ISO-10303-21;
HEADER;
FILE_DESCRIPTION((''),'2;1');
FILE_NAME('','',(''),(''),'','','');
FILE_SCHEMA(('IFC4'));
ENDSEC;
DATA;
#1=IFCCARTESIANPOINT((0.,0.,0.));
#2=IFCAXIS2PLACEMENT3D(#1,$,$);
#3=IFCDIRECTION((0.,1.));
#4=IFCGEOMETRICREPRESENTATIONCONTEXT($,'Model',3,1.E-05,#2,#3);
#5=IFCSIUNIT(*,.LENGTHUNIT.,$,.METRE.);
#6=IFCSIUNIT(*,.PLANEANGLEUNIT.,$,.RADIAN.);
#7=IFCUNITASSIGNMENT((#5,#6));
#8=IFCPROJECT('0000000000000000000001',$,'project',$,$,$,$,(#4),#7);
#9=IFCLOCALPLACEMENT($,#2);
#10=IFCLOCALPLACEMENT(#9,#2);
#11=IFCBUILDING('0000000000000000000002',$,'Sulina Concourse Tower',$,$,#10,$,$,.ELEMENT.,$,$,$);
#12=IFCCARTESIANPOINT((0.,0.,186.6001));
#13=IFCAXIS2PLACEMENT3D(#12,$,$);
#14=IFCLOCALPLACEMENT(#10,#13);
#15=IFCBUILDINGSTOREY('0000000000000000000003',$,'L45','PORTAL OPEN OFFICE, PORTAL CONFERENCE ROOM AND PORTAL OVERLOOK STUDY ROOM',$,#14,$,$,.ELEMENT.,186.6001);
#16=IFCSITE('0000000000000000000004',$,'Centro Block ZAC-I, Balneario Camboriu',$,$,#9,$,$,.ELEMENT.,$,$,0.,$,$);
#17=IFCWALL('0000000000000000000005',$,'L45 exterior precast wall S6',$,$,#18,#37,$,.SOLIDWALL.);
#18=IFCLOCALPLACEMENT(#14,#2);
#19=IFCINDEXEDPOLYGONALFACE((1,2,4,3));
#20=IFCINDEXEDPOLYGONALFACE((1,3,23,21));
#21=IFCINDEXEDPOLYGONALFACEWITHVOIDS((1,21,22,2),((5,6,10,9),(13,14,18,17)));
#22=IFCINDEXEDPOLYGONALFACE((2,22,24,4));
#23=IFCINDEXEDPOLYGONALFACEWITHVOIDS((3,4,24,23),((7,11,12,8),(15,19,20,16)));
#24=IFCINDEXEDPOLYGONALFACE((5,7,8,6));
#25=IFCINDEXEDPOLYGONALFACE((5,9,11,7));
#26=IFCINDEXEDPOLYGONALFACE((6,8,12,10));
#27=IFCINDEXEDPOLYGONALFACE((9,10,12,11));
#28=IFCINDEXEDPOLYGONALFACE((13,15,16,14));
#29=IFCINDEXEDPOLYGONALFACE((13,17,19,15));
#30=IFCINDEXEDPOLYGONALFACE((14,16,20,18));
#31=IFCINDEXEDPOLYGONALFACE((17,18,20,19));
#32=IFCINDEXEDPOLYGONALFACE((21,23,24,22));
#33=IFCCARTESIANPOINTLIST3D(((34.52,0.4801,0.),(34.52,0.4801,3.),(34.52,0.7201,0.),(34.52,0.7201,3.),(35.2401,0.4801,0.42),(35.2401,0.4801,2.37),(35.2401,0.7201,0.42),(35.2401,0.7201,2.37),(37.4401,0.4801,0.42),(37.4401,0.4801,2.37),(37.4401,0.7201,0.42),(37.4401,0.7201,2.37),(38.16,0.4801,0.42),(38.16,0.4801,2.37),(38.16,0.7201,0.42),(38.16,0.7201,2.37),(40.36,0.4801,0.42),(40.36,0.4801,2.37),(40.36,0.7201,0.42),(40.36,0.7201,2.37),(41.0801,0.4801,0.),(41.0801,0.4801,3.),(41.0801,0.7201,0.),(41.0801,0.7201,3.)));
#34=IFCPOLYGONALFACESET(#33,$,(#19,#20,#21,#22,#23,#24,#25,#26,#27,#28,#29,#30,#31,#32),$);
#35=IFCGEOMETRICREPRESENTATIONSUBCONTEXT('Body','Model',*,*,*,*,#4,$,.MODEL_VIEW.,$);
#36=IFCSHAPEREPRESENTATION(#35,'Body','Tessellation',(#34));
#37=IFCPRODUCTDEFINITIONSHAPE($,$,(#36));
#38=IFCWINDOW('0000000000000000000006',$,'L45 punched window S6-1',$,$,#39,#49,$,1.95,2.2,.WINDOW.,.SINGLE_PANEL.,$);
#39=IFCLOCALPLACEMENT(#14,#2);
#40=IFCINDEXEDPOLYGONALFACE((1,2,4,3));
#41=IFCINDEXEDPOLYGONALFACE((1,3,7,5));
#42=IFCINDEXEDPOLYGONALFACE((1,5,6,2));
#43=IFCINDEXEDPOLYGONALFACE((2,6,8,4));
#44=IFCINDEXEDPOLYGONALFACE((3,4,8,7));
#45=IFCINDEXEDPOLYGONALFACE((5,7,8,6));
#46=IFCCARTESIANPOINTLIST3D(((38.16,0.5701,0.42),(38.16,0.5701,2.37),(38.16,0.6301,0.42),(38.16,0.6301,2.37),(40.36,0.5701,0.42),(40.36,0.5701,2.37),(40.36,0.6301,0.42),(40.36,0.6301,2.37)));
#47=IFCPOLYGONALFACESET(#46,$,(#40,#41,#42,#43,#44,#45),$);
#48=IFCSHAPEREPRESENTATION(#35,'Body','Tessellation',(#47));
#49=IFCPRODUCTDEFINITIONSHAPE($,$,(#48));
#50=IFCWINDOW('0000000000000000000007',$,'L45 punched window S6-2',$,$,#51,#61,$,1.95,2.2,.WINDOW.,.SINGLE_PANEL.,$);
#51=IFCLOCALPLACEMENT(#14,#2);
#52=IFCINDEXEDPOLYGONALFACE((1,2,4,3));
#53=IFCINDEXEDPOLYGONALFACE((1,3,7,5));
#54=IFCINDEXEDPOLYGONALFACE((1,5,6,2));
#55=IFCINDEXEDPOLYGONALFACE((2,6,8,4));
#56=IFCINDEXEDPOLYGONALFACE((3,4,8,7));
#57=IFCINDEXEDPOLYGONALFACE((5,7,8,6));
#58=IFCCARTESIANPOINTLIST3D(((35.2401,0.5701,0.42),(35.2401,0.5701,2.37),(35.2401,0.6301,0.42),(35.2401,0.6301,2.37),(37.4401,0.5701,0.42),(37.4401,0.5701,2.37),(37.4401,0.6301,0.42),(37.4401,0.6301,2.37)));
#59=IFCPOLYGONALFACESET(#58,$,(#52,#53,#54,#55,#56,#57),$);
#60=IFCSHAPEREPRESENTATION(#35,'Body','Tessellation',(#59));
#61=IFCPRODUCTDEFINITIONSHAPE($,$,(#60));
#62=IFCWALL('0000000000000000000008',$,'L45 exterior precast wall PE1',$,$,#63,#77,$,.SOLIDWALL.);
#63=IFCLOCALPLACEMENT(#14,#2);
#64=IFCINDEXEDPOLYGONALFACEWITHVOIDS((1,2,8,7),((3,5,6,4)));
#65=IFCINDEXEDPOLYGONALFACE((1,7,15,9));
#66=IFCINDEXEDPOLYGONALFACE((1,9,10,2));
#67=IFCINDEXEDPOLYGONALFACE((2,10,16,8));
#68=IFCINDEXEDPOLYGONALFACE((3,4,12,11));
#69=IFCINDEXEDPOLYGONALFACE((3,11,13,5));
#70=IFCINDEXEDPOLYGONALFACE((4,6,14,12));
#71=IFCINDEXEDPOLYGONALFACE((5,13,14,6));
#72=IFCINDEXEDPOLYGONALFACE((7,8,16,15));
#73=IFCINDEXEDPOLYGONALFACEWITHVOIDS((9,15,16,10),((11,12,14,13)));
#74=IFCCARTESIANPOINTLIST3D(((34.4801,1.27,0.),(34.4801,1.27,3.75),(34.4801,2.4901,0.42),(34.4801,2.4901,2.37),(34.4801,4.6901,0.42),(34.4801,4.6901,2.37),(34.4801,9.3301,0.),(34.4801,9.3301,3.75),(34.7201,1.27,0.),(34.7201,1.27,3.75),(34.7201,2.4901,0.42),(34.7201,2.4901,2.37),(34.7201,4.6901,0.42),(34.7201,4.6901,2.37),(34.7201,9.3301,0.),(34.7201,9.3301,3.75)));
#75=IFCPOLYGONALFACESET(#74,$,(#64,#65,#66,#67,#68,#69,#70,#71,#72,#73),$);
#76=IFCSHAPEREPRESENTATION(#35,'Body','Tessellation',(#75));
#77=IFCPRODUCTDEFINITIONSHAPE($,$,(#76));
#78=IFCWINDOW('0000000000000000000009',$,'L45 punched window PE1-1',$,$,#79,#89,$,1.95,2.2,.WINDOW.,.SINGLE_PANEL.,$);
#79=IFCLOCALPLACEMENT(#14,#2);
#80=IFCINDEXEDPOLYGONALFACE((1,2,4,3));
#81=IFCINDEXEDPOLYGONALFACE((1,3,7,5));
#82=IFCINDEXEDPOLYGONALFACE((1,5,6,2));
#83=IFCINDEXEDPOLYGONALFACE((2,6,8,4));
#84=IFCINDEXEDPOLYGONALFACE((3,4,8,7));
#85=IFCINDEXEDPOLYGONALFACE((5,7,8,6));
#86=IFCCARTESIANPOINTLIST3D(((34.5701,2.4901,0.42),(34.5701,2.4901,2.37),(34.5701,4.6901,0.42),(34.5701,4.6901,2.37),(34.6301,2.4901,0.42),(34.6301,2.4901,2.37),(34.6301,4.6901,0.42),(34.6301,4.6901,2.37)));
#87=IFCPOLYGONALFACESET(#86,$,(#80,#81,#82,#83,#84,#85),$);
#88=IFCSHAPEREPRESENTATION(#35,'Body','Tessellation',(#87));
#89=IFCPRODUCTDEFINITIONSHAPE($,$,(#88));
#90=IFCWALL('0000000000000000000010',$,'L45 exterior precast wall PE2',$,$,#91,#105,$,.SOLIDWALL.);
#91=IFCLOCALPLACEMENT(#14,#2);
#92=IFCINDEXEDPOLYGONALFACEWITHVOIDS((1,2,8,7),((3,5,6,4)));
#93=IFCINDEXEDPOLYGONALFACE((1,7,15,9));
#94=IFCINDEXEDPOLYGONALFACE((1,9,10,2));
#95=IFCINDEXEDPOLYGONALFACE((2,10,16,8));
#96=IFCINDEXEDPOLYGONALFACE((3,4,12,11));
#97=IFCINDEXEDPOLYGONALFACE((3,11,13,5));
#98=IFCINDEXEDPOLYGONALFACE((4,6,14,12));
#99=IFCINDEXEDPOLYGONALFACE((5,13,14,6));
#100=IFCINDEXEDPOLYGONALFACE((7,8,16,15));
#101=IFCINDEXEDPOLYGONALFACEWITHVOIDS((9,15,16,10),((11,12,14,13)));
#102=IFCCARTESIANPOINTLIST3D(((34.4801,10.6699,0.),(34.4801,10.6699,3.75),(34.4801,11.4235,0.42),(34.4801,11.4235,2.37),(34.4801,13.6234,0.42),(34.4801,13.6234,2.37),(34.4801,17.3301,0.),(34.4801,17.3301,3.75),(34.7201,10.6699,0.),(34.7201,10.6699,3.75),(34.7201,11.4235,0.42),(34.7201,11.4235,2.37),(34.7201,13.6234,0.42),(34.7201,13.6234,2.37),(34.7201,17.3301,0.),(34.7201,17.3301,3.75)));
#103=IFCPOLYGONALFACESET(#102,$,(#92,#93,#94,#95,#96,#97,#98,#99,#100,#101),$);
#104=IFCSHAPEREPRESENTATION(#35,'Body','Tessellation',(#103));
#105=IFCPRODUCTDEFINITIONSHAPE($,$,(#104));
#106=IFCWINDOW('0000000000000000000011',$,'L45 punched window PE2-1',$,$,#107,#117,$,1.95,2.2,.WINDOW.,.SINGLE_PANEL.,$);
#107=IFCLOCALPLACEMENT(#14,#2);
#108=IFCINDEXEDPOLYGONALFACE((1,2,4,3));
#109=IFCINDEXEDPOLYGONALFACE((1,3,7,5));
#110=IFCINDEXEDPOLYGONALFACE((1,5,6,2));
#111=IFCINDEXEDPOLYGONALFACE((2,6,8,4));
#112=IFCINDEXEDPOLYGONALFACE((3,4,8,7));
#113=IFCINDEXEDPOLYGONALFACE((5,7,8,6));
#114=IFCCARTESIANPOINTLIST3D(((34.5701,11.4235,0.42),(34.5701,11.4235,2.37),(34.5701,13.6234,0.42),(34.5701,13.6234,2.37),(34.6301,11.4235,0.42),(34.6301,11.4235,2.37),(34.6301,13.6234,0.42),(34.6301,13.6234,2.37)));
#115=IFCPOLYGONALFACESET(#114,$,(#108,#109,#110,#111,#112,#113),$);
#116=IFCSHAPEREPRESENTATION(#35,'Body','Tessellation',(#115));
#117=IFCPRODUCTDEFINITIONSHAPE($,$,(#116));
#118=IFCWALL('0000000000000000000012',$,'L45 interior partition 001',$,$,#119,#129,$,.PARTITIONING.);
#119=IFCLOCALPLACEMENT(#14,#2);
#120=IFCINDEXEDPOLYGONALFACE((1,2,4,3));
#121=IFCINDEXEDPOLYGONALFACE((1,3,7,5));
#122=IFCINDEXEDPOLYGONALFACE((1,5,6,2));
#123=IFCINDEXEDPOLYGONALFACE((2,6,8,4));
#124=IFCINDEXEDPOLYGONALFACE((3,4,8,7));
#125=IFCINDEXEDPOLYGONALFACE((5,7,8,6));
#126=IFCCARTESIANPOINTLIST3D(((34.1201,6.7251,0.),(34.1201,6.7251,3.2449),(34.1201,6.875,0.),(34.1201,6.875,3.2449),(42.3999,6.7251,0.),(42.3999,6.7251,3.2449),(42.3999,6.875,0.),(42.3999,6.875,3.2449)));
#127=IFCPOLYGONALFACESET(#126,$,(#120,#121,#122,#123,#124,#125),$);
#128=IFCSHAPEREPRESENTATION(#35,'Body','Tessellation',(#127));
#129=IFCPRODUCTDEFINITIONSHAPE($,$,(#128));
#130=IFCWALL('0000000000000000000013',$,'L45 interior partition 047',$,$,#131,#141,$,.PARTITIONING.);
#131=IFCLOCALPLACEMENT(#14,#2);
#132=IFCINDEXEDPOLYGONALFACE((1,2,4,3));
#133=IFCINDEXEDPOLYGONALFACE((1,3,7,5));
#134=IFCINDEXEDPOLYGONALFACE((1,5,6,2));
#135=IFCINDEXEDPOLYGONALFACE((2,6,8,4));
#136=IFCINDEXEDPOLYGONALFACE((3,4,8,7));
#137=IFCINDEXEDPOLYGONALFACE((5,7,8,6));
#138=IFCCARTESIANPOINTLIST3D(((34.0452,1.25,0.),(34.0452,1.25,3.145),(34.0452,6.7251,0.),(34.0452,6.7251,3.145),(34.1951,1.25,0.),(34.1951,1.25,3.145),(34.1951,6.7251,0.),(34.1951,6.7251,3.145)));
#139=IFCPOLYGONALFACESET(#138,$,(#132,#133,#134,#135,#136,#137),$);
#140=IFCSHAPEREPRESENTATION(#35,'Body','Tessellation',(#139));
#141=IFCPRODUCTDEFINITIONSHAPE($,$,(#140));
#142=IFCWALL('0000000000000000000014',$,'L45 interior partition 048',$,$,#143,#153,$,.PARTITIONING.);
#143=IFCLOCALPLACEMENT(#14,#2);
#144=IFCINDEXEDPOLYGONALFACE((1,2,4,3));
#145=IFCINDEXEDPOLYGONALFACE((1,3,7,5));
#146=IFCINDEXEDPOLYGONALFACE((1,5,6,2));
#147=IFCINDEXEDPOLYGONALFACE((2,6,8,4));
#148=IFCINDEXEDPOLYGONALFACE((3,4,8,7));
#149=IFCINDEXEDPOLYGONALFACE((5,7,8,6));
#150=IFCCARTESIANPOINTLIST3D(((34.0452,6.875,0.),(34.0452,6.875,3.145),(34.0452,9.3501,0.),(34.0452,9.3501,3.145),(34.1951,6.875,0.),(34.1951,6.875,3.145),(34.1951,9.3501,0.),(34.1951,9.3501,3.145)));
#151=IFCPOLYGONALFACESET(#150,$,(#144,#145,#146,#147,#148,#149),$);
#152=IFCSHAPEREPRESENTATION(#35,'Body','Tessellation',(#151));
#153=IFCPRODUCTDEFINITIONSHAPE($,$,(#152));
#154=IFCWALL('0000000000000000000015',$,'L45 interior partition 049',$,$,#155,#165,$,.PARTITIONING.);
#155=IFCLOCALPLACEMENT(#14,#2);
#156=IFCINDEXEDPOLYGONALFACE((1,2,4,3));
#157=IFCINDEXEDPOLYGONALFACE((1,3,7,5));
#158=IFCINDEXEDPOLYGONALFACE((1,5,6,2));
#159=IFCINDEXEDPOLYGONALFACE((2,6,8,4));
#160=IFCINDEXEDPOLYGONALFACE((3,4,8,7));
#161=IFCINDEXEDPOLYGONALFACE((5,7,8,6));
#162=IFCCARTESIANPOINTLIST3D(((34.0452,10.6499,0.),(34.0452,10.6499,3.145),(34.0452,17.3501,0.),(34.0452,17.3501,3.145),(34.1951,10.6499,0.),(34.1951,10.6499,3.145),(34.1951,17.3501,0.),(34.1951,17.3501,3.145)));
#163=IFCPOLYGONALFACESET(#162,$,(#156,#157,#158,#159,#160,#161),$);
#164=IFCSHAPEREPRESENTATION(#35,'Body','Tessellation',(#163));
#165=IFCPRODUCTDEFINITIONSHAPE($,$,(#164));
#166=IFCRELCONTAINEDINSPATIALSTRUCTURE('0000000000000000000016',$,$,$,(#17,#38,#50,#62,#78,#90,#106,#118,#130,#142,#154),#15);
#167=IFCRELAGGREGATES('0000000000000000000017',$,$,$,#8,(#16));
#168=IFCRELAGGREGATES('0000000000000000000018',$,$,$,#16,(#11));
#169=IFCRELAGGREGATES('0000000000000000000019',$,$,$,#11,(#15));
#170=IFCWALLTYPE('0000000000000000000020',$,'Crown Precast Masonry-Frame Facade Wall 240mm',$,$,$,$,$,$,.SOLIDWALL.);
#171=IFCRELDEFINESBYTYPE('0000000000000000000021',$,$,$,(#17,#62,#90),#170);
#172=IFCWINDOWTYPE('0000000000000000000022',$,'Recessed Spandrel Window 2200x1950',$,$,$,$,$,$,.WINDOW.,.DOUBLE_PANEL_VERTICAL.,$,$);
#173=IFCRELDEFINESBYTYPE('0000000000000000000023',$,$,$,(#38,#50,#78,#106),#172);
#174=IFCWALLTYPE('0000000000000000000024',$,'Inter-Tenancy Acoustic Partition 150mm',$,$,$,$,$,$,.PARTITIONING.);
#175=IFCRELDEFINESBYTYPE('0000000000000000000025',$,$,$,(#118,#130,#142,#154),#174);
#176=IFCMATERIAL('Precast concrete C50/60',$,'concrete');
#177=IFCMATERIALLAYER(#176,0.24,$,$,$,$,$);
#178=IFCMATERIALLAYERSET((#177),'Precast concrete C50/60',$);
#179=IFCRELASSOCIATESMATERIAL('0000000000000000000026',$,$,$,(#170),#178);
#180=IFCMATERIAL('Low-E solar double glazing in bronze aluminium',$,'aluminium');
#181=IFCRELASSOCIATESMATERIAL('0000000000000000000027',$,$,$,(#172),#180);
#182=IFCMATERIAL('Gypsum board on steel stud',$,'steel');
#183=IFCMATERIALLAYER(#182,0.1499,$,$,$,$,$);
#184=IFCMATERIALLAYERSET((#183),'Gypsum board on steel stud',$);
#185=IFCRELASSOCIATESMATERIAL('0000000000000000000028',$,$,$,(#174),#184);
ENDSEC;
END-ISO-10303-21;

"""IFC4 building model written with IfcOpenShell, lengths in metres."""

from ifc_helpers import new_model, si_unit, direction, frame, frame_2d, origin, place, context, subcontext, project, spatial, rectangle, extrude, material, layer, layer_set, type_object, element, fill, save


model = new_model("IFC4")

# Units and contexts
model_context = context("Model", 3, precision=1e-05, world=origin(), true_north=direction((0.0, 1.0)))
body_context = subcontext(model_context, "Body", "Model", "MODEL_VIEW")
ifc_project = project(units=[si_unit("LENGTHUNIT", "METRE"), si_unit("PLANEANGLEUNIT", "RADIAN")], contexts=[model_context])

# Site, building, storey
site_placement = place(None, origin())
site = spatial("IfcSite", under=ifc_project, at=site_placement, Name="Centro Block ZAC-I, Balneario Camboriu", CompositionType="ELEMENT", RefElevation=0.0)
building_placement = place(site_placement, origin())
building = spatial("IfcBuilding", under=site, at=building_placement, Name="Sulina Concourse Tower", CompositionType="ELEMENT")
storey_placement = place(building_placement, frame((0.0, 0.0, 186.6001)))
storey = spatial("IfcBuildingStorey", under=building, at=storey_placement, Name="L45", Description="PORTAL OPEN OFFICE, PORTAL CONFERENCE ROOM AND PORTAL OVERLOOK STUDY ROOM", CompositionType="ELEMENT", Elevation=186.6001)

# Wall, openings, windows
ifc_material_1 = material(Name="Precast concrete C50/60", Category="concrete")
ifc_layer_1 = layer(ifc_material_1, 0.24)
ifc_layer_set_1 = layer_set([ifc_layer_1], Name="Precast concrete C50/60")
wall_type_1 = type_object("IfcWallType", Name="Crown Precast Masonry-Frame Facade Wall 240mm", PredefinedType="SOLIDWALL", material=ifc_layer_set_1)
wall_1_placement = place(storey_placement, frame((41.0801, 0.6001, 0.0), z_axis=(0.0, 0.0, 1.0), x_axis=(-1.0, 0.0, 0.0)))
wall_1 = element("IfcWall", 1, at=wall_1_placement, inside=storey, type_object=wall_type_1, Name="L45 exterior precast wall S6", PredefinedType="SOLIDWALL", context=body_context, shape_type="SweptSolid", body=[
    extrude(rectangle(XDim=6.5601, YDim=0.24, at=frame_2d((3.28, 0.0))), origin(), (0.0, 0.0, 1.0), 3.0),
])
opening_1_placement = place(wall_1_placement, frame((0.72, 0.0, 0.4199)))
opening_1 = element("IfcOpeningElement", 2, at=opening_1_placement, cuts=wall_1, PredefinedType="OPENING", context=body_context, shape_type="SweptSolid", body=[
    extrude(rectangle(XDim=2.2, YDim=1.95, at=frame_2d((1.1001, 0.9751))), frame((0.0, 0.1299, 0.0), z_axis=(0.0, -1.0, 0.0), x_axis=(1.0, 0.0, 0.0)), (0.0, 0.0, 1.0), 0.26),
])
opening_2_placement = place(wall_1_placement, frame((3.6399, 0.0, 0.4199)))
opening_2 = element("IfcOpeningElement", 3, at=opening_2_placement, cuts=wall_1, PredefinedType="OPENING", context=body_context, shape_type="SweptSolid", body=[
    extrude(rectangle(XDim=2.2, YDim=1.95, at=frame_2d((1.1001, 0.9751))), frame((0.0, 0.1299, 0.0), z_axis=(0.0, -1.0, 0.0), x_axis=(1.0, 0.0, 0.0)), (0.0, 0.0, 1.0), 0.26),
])
ifc_material_2 = material(Name="Low-E solar double glazing in bronze aluminium", Category="aluminium")
window_type = type_object("IfcWindowType", Name="Recessed Spandrel Window 2200x1950", PartitioningType="DOUBLE_PANEL_VERTICAL", PredefinedType="WINDOW", material=ifc_material_2)
window_1_placement = place(opening_1_placement, origin())
window_1 = element("IfcWindow", 4, at=window_1_placement, inside=storey, type_object=window_type, Name="L45 punched window S6-1", OverallHeight=1.95, OverallWidth=2.2, PartitioningType="SINGLE_PANEL", PredefinedType="WINDOW", context=body_context, shape_type="SweptSolid", body=[
    extrude(rectangle(XDim=2.2, YDim=1.95, at=frame_2d((1.1001, 0.9751))), frame((0.0, 0.03, 0.0), z_axis=(0.0, -1.0, 0.0), x_axis=(1.0, 0.0, 0.0)), (0.0, 0.0, 1.0), 0.0601),
])
fill(opening_1, window_1)
window_2_placement = place(opening_2_placement, origin())
window_2 = element("IfcWindow", 5, at=window_2_placement, inside=storey, type_object=window_type, Name="L45 punched window S6-2", OverallHeight=1.95, OverallWidth=2.2, PartitioningType="SINGLE_PANEL", PredefinedType="WINDOW", context=body_context, shape_type="SweptSolid", body=[
    extrude(rectangle(XDim=2.2, YDim=1.95, at=frame_2d((1.1001, 0.9751))), frame((0.0, 0.03, 0.0), z_axis=(0.0, -1.0, 0.0), x_axis=(1.0, 0.0, 0.0)), (0.0, 0.0, 1.0), 0.0601),
])
fill(opening_2, window_2)

# Walls, openings, windows
wall_2_placement = place(storey_placement, frame((34.6001, 1.27, 0.0), z_axis=(0.0, 0.0, 1.0), x_axis=(0.0, 1.0, 0.0)))
wall_2 = element("IfcWall", 6, at=wall_2_placement, inside=storey, type_object=wall_type_1, Name="L45 exterior precast wall PE1", PredefinedType="SOLIDWALL", context=body_context, shape_type="SweptSolid", body=[
    extrude(rectangle(XDim=8.0601, YDim=0.24, at=frame_2d((4.03, 0.0))), origin(), (0.0, 0.0, 1.0), 3.75),
])
opening_3_placement = place(wall_2_placement, frame((1.22, 0.0, 0.4199)))
opening_3 = element("IfcOpeningElement", 7, at=opening_3_placement, cuts=wall_2, PredefinedType="OPENING", context=body_context, shape_type="SweptSolid", body=[
    extrude(rectangle(XDim=2.2, YDim=1.95, at=frame_2d((1.1001, 0.9751))), frame((0.0, 0.1299, 0.0), z_axis=(0.0, -1.0, 0.0), x_axis=(1.0, 0.0, 0.0)), (0.0, 0.0, 1.0), 0.26),
])
window_3_placement = place(opening_3_placement, origin())
window_3 = element("IfcWindow", 8, at=window_3_placement, inside=storey, type_object=window_type, Name="L45 punched window PE1-1", OverallHeight=1.95, OverallWidth=2.2, PartitioningType="SINGLE_PANEL", PredefinedType="WINDOW", context=body_context, shape_type="SweptSolid", body=[
    extrude(rectangle(XDim=2.2, YDim=1.95, at=frame_2d((1.1001, 0.9751))), frame((0.0, 0.03, 0.0), z_axis=(0.0, -1.0, 0.0), x_axis=(1.0, 0.0, 0.0)), (0.0, 0.0, 1.0), 0.0601),
])
fill(opening_3, window_3)
wall_3_placement = place(storey_placement, frame((34.6001, 10.6699, 0.0), z_axis=(0.0, 0.0, 1.0), x_axis=(0.0, 1.0, 0.0)))
wall_3 = element("IfcWall", 9, at=wall_3_placement, inside=storey, type_object=wall_type_1, Name="L45 exterior precast wall PE2", PredefinedType="SOLIDWALL", context=body_context, shape_type="SweptSolid", body=[
    extrude(rectangle(XDim=6.6602, YDim=0.24, at=frame_2d((3.3301, 0.0))), origin(), (0.0, 0.0, 1.0), 3.75),
])
opening_4_placement = place(wall_3_placement, frame((0.7534, 0.0, 0.4199)))
opening_4 = element("IfcOpeningElement", 10, at=opening_4_placement, cuts=wall_3, PredefinedType="OPENING", context=body_context, shape_type="SweptSolid", body=[
    extrude(rectangle(XDim=2.2, YDim=1.95, at=frame_2d((1.1001, 0.9751))), frame((0.0, 0.1299, 0.0), z_axis=(0.0, -1.0, 0.0), x_axis=(1.0, 0.0, 0.0)), (0.0, 0.0, 1.0), 0.26),
])
window_4_placement = place(opening_4_placement, origin())
window_4 = element("IfcWindow", 11, at=window_4_placement, inside=storey, type_object=window_type, Name="L45 punched window PE2-1", OverallHeight=1.95, OverallWidth=2.2, PartitioningType="SINGLE_PANEL", PredefinedType="WINDOW", context=body_context, shape_type="SweptSolid", body=[
    extrude(rectangle(XDim=2.2, YDim=1.95, at=frame_2d((1.1001, 0.9751))), frame((0.0, 0.03, 0.0), z_axis=(0.0, -1.0, 0.0), x_axis=(1.0, 0.0, 0.0)), (0.0, 0.0, 1.0), 0.0601),
])
fill(opening_4, window_4)

# Walls
ifc_material_3 = material(Name="Gypsum board on steel stud", Category="steel")
ifc_layer_2 = layer(ifc_material_3, 0.1499)
ifc_layer_set_2 = layer_set([ifc_layer_2], Name="Gypsum board on steel stud")
wall_type_2 = type_object("IfcWallType", Name="Inter-Tenancy Acoustic Partition 150mm", PredefinedType="PARTITIONING", material=ifc_layer_set_2)
wall_4_placement = place(storey_placement, frame((34.1201, 6.8, 0.0), z_axis=(0.0, 0.0, 1.0), x_axis=(1.0, 0.0, 0.0)))
element("IfcWall", 12, at=wall_4_placement, inside=storey, type_object=wall_type_2, Name="L45 interior partition 001", PredefinedType="PARTITIONING", context=body_context, shape_type="SweptSolid", body=[
    extrude(rectangle(XDim=8.2798, YDim=0.1499, at=frame_2d((4.1399, 0.0))), origin(), (0.0, 0.0, 1.0), 3.2449),
])
wall_5_placement = place(storey_placement, frame((34.1201, 1.25, 0.0), z_axis=(0.0, 0.0, 1.0), x_axis=(0.0, 1.0, 0.0)))
element("IfcWall", 13, at=wall_5_placement, inside=storey, type_object=wall_type_2, Name="L45 interior partition 047", PredefinedType="PARTITIONING", context=body_context, shape_type="SweptSolid", body=[
    extrude(rectangle(XDim=5.4751, YDim=0.1499, at=frame_2d((2.7375, 0.0))), origin(), (0.0, 0.0, 1.0), 3.145),
])
wall_6_placement = place(storey_placement, frame((34.1201, 6.875, 0.0), z_axis=(0.0, 0.0, 1.0), x_axis=(0.0, 1.0, 0.0)))
element("IfcWall", 14, at=wall_6_placement, inside=storey, type_object=wall_type_2, Name="L45 interior partition 048", PredefinedType="PARTITIONING", context=body_context, shape_type="SweptSolid", body=[
    extrude(rectangle(XDim=2.4751, YDim=0.1499, at=frame_2d((1.2375, 0.0))), origin(), (0.0, 0.0, 1.0), 3.145),
])
wall_7_placement = place(storey_placement, frame((34.1201, 10.6499, 0.0), z_axis=(0.0, 0.0, 1.0), x_axis=(0.0, 1.0, 0.0)))
element("IfcWall", 15, at=wall_7_placement, inside=storey, type_object=wall_type_2, Name="L45 interior partition 049", PredefinedType="PARTITIONING", context=body_context, shape_type="SweptSolid", body=[
    extrude(rectangle(XDim=6.7002, YDim=0.1499, at=frame_2d((3.3501, 0.0))), origin(), (0.0, 0.0, 1.0), 3.145),
])

save(model, "model.ifc")
